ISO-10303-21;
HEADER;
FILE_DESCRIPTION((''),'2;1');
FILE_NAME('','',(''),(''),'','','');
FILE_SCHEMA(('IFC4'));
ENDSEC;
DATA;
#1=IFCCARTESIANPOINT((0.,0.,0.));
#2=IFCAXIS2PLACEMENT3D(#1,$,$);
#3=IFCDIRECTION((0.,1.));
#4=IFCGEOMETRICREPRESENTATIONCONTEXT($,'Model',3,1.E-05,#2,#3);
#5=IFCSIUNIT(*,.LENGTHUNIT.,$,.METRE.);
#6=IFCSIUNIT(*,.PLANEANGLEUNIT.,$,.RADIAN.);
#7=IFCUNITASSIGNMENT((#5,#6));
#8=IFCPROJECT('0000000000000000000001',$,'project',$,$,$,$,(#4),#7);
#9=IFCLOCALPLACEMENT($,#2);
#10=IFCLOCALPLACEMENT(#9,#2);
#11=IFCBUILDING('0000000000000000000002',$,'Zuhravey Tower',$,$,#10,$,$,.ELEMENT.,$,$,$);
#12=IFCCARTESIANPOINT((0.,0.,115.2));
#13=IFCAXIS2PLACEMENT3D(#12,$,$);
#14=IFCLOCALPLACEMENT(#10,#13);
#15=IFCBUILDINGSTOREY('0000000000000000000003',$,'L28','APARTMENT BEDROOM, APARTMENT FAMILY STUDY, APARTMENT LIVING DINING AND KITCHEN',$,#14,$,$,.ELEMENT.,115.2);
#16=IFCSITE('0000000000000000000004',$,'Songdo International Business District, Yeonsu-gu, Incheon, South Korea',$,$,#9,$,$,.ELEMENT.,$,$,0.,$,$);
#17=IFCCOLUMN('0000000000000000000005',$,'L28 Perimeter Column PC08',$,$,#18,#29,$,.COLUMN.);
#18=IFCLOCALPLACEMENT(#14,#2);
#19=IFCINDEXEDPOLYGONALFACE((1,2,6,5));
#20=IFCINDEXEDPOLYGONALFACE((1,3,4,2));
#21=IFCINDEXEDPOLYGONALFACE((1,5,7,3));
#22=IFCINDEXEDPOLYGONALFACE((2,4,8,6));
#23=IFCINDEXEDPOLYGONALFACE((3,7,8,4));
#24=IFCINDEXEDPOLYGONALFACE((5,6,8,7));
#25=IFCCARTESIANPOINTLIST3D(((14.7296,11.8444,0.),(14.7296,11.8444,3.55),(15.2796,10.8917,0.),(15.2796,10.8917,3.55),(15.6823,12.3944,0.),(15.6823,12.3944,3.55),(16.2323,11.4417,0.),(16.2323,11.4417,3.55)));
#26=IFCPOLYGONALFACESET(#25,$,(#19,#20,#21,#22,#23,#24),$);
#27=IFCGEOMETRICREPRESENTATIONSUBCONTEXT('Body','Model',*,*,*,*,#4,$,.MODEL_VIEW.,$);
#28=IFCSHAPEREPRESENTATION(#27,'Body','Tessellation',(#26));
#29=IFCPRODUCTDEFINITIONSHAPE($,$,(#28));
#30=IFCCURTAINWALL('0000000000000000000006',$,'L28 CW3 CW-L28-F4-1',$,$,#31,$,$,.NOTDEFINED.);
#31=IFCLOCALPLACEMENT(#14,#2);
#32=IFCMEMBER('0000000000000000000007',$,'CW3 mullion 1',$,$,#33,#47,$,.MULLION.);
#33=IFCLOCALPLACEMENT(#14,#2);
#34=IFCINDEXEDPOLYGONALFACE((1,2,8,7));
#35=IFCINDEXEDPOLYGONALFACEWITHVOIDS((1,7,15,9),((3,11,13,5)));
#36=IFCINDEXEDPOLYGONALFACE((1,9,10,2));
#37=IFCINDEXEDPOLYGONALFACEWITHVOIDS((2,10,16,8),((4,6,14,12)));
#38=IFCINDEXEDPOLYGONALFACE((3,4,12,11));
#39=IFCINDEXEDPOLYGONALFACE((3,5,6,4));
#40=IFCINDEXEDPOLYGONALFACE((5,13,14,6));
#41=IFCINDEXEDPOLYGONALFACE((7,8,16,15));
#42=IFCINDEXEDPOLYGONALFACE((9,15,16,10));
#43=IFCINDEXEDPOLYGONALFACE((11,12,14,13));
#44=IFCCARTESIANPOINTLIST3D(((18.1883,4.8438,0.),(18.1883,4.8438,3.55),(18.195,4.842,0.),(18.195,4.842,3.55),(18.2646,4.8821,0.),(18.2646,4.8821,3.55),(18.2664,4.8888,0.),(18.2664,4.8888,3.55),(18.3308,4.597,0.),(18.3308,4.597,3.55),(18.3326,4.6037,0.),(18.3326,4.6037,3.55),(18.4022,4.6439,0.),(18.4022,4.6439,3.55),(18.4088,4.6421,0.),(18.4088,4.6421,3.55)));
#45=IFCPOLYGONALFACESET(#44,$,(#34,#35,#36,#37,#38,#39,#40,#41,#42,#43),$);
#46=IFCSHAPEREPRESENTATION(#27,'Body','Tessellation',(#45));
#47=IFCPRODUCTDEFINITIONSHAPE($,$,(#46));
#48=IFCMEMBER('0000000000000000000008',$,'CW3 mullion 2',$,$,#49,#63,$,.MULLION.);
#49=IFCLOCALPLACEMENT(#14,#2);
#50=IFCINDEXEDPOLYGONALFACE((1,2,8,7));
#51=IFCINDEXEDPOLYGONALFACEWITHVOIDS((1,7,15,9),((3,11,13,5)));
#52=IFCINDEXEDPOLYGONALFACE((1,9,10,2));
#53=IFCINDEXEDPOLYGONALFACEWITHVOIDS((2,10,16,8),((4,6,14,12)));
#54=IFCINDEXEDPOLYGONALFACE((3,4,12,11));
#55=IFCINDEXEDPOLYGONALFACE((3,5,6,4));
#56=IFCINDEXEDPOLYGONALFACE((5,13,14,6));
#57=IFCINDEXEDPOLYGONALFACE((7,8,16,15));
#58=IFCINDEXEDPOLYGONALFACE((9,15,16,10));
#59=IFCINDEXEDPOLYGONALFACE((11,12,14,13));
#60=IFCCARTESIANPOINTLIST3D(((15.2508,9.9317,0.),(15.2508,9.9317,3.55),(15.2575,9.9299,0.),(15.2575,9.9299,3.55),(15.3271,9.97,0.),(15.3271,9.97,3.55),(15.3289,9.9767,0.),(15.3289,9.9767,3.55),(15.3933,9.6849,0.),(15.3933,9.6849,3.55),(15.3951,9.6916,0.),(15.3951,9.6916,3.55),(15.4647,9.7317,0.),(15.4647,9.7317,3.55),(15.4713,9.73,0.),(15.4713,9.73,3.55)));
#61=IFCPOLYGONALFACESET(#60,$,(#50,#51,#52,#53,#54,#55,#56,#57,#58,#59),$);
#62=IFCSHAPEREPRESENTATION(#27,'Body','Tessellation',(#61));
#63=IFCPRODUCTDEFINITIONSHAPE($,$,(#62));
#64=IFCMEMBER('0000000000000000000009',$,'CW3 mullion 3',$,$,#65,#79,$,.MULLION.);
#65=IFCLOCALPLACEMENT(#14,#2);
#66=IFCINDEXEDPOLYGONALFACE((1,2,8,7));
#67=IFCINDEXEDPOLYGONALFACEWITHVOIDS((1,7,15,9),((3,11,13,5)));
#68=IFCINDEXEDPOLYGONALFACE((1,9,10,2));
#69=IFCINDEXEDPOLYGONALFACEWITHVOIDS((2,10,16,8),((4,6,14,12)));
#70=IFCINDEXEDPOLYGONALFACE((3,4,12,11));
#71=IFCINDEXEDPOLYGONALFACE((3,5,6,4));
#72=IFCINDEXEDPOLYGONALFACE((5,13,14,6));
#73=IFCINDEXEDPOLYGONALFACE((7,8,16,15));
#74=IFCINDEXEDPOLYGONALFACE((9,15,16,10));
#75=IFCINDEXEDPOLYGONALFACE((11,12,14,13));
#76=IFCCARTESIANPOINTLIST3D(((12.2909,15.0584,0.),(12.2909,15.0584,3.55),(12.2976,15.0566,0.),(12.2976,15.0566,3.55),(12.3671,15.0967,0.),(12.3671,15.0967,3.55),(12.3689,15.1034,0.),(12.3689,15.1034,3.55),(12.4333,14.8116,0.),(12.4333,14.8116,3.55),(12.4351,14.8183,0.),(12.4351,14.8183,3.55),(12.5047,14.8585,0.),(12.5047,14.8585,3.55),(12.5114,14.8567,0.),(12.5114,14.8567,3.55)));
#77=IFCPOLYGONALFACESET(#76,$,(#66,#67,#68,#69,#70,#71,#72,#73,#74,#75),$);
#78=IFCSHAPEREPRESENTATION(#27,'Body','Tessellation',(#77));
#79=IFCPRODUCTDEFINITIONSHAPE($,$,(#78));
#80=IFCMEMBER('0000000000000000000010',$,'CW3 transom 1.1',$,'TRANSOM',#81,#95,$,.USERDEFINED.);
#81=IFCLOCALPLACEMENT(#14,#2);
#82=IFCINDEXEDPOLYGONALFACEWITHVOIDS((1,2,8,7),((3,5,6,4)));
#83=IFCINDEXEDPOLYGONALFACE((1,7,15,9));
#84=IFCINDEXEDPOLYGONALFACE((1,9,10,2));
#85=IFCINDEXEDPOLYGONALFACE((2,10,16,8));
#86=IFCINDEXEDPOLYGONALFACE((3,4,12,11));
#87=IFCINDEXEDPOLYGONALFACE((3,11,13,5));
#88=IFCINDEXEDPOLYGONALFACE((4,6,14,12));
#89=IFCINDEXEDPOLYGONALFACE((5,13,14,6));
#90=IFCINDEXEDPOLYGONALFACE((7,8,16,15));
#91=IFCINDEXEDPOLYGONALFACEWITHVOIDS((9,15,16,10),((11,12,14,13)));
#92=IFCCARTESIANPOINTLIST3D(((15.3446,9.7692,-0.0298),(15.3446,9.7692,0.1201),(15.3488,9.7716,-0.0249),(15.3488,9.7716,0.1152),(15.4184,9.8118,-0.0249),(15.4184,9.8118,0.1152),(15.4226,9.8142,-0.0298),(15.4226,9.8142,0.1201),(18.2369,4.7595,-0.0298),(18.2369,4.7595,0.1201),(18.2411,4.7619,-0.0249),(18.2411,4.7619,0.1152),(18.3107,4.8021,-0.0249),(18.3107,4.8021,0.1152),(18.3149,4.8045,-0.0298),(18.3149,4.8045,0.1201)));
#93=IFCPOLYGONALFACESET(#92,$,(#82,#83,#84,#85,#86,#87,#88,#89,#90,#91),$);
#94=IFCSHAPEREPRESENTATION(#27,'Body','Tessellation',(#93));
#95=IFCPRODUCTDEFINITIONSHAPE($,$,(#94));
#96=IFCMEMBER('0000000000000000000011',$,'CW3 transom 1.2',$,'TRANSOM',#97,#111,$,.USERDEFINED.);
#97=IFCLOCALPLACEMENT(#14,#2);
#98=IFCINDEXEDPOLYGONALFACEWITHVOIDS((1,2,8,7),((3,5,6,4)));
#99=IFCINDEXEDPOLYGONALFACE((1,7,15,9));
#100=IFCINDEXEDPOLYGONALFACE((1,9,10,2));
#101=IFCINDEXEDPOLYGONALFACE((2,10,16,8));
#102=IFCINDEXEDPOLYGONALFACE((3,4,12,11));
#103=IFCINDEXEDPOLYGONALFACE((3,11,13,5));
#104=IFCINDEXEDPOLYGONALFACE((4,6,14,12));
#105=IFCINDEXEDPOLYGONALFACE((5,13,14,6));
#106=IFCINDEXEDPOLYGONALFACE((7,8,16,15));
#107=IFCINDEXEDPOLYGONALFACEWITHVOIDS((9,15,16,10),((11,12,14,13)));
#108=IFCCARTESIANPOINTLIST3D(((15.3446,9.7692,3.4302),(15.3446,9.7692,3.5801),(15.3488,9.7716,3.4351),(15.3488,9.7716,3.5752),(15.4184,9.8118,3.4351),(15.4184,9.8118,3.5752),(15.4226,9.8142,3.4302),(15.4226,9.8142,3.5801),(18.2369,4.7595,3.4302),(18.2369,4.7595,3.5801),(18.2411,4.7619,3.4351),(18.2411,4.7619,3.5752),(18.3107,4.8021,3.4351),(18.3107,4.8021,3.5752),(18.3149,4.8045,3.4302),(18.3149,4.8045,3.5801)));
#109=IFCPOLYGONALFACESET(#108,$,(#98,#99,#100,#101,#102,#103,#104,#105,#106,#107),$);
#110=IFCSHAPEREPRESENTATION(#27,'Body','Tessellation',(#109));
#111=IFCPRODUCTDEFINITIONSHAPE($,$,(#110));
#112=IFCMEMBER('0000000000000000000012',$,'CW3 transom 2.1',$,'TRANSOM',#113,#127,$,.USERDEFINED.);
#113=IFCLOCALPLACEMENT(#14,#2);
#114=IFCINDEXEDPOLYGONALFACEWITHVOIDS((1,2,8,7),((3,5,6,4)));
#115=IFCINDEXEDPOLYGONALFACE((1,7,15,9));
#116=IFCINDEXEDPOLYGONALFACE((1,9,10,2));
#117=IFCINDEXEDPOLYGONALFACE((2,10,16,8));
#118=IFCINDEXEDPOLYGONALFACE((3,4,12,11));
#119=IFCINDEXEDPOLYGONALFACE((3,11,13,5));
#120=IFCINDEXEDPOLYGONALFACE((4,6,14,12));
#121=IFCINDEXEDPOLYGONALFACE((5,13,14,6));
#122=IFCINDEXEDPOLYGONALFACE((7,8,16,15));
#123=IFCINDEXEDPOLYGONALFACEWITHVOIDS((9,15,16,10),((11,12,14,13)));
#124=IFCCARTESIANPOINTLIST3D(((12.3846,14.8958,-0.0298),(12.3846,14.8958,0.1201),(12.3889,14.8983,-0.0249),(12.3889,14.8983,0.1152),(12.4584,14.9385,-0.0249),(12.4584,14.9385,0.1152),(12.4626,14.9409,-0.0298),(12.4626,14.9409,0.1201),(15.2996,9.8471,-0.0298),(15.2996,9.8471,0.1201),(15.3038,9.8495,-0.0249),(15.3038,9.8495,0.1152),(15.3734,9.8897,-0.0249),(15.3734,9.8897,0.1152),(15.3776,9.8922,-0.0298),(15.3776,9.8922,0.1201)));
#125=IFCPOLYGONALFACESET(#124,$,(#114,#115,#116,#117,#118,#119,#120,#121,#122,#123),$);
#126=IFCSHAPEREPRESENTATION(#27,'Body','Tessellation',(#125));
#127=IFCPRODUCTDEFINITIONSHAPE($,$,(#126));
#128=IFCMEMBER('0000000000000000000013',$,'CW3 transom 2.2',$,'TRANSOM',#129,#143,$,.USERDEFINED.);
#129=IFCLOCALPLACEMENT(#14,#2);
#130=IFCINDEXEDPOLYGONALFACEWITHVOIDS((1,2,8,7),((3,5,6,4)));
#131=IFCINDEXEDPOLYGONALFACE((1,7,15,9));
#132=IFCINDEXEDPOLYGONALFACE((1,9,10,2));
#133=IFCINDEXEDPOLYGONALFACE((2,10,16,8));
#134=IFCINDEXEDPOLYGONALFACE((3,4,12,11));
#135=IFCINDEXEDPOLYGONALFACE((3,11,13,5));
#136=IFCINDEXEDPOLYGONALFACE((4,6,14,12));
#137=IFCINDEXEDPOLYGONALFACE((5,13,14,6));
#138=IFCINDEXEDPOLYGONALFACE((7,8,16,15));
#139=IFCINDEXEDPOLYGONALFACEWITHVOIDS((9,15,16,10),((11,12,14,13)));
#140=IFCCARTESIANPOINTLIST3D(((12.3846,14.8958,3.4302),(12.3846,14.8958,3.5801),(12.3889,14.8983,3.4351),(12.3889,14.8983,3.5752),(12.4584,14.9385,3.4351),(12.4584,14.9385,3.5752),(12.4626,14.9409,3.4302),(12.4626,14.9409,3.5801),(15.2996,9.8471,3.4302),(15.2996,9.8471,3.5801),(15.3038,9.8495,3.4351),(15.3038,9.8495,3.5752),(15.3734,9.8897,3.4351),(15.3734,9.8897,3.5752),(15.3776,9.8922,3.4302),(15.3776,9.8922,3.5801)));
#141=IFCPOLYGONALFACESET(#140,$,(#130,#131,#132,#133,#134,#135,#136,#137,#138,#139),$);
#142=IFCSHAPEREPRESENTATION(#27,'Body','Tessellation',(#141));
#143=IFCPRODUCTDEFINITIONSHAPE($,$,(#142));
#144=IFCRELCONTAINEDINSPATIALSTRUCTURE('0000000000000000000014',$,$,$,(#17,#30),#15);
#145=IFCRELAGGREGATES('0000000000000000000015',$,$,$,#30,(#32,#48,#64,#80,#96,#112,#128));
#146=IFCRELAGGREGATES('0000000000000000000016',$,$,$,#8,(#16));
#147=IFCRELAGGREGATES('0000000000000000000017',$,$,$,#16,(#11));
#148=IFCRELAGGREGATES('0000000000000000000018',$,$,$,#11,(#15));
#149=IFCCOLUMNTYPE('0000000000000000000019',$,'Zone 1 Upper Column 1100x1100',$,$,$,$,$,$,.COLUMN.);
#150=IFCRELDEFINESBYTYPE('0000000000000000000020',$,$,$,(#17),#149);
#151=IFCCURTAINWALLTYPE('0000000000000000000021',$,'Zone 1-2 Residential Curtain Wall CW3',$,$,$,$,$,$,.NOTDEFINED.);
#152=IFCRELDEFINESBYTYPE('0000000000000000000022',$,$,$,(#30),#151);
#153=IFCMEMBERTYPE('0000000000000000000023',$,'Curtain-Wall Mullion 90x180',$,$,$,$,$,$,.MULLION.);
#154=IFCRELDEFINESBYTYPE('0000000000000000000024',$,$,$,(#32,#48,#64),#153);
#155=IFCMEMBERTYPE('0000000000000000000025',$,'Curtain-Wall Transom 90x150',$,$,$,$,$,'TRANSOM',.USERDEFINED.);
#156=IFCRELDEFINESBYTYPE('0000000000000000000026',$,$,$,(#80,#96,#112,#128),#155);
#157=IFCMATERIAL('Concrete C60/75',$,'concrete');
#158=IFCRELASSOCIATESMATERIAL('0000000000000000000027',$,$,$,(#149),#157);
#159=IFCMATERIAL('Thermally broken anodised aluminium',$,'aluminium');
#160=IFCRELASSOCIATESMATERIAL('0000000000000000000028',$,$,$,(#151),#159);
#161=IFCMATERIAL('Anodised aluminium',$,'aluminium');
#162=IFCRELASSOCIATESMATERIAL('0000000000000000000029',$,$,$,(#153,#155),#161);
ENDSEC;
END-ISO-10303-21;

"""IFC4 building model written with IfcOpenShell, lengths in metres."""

from ifc_helpers import new_model, si_unit, direction, frame, origin, origin_2d, place, context, subcontext, project, spatial, rectangle, hollow_rectangle, extrude, material, material_profile, profile_set, type_object, element, aggregate, save


model = new_model("IFC4")

# Units and contexts
model_context = context("Model", 3, precision=1e-05, world=origin(), true_north=direction((0.0, 1.0)))
body_context = subcontext(model_context, "Body", "Model", "MODEL_VIEW")
ifc_project = project(units=[si_unit("LENGTHUNIT", "METRE"), si_unit("PLANEANGLEUNIT", "RADIAN")], contexts=[model_context])

# Site, building, storey
site_placement = place(None, origin())
site = spatial("IfcSite", under=ifc_project, at=site_placement, Name="Songdo International Business District, Yeonsu-gu, Incheon, South Korea", CompositionType="ELEMENT", RefElevation=0.0)
building_placement = place(site_placement, origin())
building = spatial("IfcBuilding", under=site, at=building_placement, Name="Zuhravey Tower", CompositionType="ELEMENT")
storey_placement = place(building_placement, frame((0.0, 0.0, 115.2)))
storey = spatial("IfcBuildingStorey", under=building, at=storey_placement, Name="L28", Description="APARTMENT BEDROOM, APARTMENT FAMILY STUDY, APARTMENT LIVING DINING AND KITCHEN", CompositionType="ELEMENT", Elevation=115.2)

# Column
ifc_material_1 = material(Name="Concrete C60/75", Category="concrete")
ifc_material_profile_1 = material_profile(ifc_material_1, rectangle(XDim=1.1001, YDim=1.1001, at=origin_2d()), Name="RC-1100x1100")
ifc_profile_set_1 = profile_set([ifc_material_profile_1], Name="Concrete C60/75")
column_type = type_object("IfcColumnType", Name="Zone 1 Upper Column 1100x1100", PredefinedType="COLUMN", material=ifc_profile_set_1)
column_placement = place(storey_placement, frame((15.481, 11.6431, 0.0), z_axis=(0.0, 0.0, 1.0), x_axis=(0.5, -0.866025, 0.0)))
element("IfcColumn", 1, at=column_placement, inside=storey, type_object=column_type, Name="L28 Perimeter Column PC08", PredefinedType="COLUMN", context=body_context, shape_type="SweptSolid", body=[
    extrude(rectangle(XDim=1.1001, YDim=1.1001, at=origin_2d()), origin(), (0.0, 0.0, 1.0), 3.55),
])

# Curtain wall, members
ifc_material_2 = material(Name="Thermally broken anodised aluminium", Category="aluminium")
curtain_wall_type = type_object("IfcCurtainWallType", Name="Zone 1-2 Residential Curtain Wall CW3", PredefinedType="NOTDEFINED", material=ifc_material_2)
curtain_wall_placement = place(storey_placement, origin())
curtain_wall = element("IfcCurtainWall", 2, at=curtain_wall_placement, inside=storey, type_object=curtain_wall_type, Name="L28 CW3 CW-L28-F4-1", PredefinedType="NOTDEFINED")
ifc_material_3 = material(Name="Anodised aluminium", Category="aluminium")
ifc_material_profile_2 = material_profile(ifc_material_3, hollow_rectangle(XDim=0.0901, YDim=0.2849, WallThickness=0.0049, at=origin_2d()), Name="ALU-RHS-90x285x5")
ifc_profile_set_2 = profile_set([ifc_material_profile_2], Name="Anodised aluminium")
member_type_1 = type_object("IfcMemberType", Name="Curtain-Wall Mullion 90x180", PredefinedType="MULLION", material=ifc_profile_set_2)
member_1_placement = place(storey_placement, frame((18.2986, 4.7429, 0.0), z_axis=(0.0, 0.0, 1.0), x_axis=(-0.866026, -0.5, 0.0)))
member_1 = element("IfcMember", 3, at=member_1_placement, type_object=member_type_1, Name="CW3 mullion 1", PredefinedType="MULLION", context=body_context, shape_type="SweptSolid", body=[
    extrude(hollow_rectangle(XDim=0.0901, YDim=0.2849, WallThickness=0.0049, at=origin_2d()), origin(), (0.0, 0.0, 1.0), 3.55),
])
member_2_placement = place(storey_placement, frame((15.3611, 9.8308, 0.0), z_axis=(0.0, 0.0, 1.0), x_axis=(-0.866026, -0.5, 0.0)))
member_2 = element("IfcMember", 4, at=member_2_placement, type_object=member_type_1, Name="CW3 mullion 2", PredefinedType="MULLION", context=body_context, shape_type="SweptSolid", body=[
    extrude(hollow_rectangle(XDim=0.0901, YDim=0.2849, WallThickness=0.0049, at=origin_2d()), origin(), (0.0, 0.0, 1.0), 3.55),
])
member_3_placement = place(storey_placement, frame((12.4011, 14.9575, 0.0), z_axis=(0.0, 0.0, 1.0), x_axis=(-0.866026, -0.5, 0.0)))
member_3 = element("IfcMember", 5, at=member_3_placement, type_object=member_type_1, Name="CW3 mullion 3", PredefinedType="MULLION", context=body_context, shape_type="SweptSolid", body=[
    extrude(hollow_rectangle(XDim=0.0901, YDim=0.2849, WallThickness=0.0049, at=origin_2d()), origin(), (0.0, 0.0, 1.0), 3.55),
])
ifc_material_profile_3 = material_profile(ifc_material_3, hollow_rectangle(XDim=0.0901, YDim=0.1499, WallThickness=0.0049, at=origin_2d()), Name="ALU-RHS-90x150x5")
ifc_profile_set_3 = profile_set([ifc_material_profile_3], Name="Anodised aluminium")
member_type_2 = type_object("IfcMemberType", Name="Curtain-Wall Transom 90x150", ElementType="TRANSOM", PredefinedType="USERDEFINED", material=ifc_profile_set_3)
member_4_placement = place(storey_placement, frame((18.2759, 4.782, 0.0452), z_axis=(-0.499993, 0.86603, 0.0), x_axis=(-0.86603, -0.499993, 0.0)))
member_4 = element("IfcMember", 6, at=member_4_placement, type_object=member_type_2, Name="CW3 transom 1.1", ObjectType="TRANSOM", PredefinedType="USERDEFINED", context=body_context, shape_type="SweptSolid", body=[
    extrude(hollow_rectangle(XDim=0.0901, YDim=0.1499, WallThickness=0.0049, at=origin_2d()), origin(), (0.0, 0.0, 1.0), 5.7847),
])
member_5_placement = place(storey_placement, frame((18.2759, 4.782, 3.5051), z_axis=(-0.499993, 0.86603, 0.0), x_axis=(-0.86603, -0.499993, 0.0)))
member_5 = element("IfcMember", 7, at=member_5_placement, type_object=member_type_2, Name="CW3 transom 1.2", ObjectType="TRANSOM", PredefinedType="USERDEFINED", context=body_context, shape_type="SweptSolid", body=[
    extrude(hollow_rectangle(XDim=0.0901, YDim=0.1499, WallThickness=0.0049, at=origin_2d()), origin(), (0.0, 0.0, 1.0), 5.7847),
])
member_6_placement = place(storey_placement, frame((15.3386, 9.8696, 0.0452), z_axis=(-0.500012, 0.866018, 0.0), x_axis=(-0.866018, -0.500012, 0.0)))
member_6 = element("IfcMember", 8, at=member_6_placement, type_object=member_type_2, Name="CW3 transom 2.1", ObjectType="TRANSOM", PredefinedType="USERDEFINED", context=body_context, shape_type="SweptSolid", body=[
    extrude(hollow_rectangle(XDim=0.0901, YDim=0.1499, WallThickness=0.0049, at=origin_2d()), origin(), (0.0, 0.0, 1.0), 5.8298),
])
member_7_placement = place(storey_placement, frame((15.3386, 9.8696, 3.5051), z_axis=(-0.500012, 0.866018, 0.0), x_axis=(-0.866018, -0.500012, 0.0)))
member_7 = element("IfcMember", 9, at=member_7_placement, type_object=member_type_2, Name="CW3 transom 2.2", ObjectType="TRANSOM", PredefinedType="USERDEFINED", context=body_context, shape_type="SweptSolid", body=[
    extrude(hollow_rectangle(XDim=0.0901, YDim=0.1499, WallThickness=0.0049, at=origin_2d()), origin(), (0.0, 0.0, 1.0), 5.8298),
])

aggregate(curtain_wall, [member_1, member_2, member_3, member_4, member_5, member_6, member_7])

save(model, "model.ifc")
